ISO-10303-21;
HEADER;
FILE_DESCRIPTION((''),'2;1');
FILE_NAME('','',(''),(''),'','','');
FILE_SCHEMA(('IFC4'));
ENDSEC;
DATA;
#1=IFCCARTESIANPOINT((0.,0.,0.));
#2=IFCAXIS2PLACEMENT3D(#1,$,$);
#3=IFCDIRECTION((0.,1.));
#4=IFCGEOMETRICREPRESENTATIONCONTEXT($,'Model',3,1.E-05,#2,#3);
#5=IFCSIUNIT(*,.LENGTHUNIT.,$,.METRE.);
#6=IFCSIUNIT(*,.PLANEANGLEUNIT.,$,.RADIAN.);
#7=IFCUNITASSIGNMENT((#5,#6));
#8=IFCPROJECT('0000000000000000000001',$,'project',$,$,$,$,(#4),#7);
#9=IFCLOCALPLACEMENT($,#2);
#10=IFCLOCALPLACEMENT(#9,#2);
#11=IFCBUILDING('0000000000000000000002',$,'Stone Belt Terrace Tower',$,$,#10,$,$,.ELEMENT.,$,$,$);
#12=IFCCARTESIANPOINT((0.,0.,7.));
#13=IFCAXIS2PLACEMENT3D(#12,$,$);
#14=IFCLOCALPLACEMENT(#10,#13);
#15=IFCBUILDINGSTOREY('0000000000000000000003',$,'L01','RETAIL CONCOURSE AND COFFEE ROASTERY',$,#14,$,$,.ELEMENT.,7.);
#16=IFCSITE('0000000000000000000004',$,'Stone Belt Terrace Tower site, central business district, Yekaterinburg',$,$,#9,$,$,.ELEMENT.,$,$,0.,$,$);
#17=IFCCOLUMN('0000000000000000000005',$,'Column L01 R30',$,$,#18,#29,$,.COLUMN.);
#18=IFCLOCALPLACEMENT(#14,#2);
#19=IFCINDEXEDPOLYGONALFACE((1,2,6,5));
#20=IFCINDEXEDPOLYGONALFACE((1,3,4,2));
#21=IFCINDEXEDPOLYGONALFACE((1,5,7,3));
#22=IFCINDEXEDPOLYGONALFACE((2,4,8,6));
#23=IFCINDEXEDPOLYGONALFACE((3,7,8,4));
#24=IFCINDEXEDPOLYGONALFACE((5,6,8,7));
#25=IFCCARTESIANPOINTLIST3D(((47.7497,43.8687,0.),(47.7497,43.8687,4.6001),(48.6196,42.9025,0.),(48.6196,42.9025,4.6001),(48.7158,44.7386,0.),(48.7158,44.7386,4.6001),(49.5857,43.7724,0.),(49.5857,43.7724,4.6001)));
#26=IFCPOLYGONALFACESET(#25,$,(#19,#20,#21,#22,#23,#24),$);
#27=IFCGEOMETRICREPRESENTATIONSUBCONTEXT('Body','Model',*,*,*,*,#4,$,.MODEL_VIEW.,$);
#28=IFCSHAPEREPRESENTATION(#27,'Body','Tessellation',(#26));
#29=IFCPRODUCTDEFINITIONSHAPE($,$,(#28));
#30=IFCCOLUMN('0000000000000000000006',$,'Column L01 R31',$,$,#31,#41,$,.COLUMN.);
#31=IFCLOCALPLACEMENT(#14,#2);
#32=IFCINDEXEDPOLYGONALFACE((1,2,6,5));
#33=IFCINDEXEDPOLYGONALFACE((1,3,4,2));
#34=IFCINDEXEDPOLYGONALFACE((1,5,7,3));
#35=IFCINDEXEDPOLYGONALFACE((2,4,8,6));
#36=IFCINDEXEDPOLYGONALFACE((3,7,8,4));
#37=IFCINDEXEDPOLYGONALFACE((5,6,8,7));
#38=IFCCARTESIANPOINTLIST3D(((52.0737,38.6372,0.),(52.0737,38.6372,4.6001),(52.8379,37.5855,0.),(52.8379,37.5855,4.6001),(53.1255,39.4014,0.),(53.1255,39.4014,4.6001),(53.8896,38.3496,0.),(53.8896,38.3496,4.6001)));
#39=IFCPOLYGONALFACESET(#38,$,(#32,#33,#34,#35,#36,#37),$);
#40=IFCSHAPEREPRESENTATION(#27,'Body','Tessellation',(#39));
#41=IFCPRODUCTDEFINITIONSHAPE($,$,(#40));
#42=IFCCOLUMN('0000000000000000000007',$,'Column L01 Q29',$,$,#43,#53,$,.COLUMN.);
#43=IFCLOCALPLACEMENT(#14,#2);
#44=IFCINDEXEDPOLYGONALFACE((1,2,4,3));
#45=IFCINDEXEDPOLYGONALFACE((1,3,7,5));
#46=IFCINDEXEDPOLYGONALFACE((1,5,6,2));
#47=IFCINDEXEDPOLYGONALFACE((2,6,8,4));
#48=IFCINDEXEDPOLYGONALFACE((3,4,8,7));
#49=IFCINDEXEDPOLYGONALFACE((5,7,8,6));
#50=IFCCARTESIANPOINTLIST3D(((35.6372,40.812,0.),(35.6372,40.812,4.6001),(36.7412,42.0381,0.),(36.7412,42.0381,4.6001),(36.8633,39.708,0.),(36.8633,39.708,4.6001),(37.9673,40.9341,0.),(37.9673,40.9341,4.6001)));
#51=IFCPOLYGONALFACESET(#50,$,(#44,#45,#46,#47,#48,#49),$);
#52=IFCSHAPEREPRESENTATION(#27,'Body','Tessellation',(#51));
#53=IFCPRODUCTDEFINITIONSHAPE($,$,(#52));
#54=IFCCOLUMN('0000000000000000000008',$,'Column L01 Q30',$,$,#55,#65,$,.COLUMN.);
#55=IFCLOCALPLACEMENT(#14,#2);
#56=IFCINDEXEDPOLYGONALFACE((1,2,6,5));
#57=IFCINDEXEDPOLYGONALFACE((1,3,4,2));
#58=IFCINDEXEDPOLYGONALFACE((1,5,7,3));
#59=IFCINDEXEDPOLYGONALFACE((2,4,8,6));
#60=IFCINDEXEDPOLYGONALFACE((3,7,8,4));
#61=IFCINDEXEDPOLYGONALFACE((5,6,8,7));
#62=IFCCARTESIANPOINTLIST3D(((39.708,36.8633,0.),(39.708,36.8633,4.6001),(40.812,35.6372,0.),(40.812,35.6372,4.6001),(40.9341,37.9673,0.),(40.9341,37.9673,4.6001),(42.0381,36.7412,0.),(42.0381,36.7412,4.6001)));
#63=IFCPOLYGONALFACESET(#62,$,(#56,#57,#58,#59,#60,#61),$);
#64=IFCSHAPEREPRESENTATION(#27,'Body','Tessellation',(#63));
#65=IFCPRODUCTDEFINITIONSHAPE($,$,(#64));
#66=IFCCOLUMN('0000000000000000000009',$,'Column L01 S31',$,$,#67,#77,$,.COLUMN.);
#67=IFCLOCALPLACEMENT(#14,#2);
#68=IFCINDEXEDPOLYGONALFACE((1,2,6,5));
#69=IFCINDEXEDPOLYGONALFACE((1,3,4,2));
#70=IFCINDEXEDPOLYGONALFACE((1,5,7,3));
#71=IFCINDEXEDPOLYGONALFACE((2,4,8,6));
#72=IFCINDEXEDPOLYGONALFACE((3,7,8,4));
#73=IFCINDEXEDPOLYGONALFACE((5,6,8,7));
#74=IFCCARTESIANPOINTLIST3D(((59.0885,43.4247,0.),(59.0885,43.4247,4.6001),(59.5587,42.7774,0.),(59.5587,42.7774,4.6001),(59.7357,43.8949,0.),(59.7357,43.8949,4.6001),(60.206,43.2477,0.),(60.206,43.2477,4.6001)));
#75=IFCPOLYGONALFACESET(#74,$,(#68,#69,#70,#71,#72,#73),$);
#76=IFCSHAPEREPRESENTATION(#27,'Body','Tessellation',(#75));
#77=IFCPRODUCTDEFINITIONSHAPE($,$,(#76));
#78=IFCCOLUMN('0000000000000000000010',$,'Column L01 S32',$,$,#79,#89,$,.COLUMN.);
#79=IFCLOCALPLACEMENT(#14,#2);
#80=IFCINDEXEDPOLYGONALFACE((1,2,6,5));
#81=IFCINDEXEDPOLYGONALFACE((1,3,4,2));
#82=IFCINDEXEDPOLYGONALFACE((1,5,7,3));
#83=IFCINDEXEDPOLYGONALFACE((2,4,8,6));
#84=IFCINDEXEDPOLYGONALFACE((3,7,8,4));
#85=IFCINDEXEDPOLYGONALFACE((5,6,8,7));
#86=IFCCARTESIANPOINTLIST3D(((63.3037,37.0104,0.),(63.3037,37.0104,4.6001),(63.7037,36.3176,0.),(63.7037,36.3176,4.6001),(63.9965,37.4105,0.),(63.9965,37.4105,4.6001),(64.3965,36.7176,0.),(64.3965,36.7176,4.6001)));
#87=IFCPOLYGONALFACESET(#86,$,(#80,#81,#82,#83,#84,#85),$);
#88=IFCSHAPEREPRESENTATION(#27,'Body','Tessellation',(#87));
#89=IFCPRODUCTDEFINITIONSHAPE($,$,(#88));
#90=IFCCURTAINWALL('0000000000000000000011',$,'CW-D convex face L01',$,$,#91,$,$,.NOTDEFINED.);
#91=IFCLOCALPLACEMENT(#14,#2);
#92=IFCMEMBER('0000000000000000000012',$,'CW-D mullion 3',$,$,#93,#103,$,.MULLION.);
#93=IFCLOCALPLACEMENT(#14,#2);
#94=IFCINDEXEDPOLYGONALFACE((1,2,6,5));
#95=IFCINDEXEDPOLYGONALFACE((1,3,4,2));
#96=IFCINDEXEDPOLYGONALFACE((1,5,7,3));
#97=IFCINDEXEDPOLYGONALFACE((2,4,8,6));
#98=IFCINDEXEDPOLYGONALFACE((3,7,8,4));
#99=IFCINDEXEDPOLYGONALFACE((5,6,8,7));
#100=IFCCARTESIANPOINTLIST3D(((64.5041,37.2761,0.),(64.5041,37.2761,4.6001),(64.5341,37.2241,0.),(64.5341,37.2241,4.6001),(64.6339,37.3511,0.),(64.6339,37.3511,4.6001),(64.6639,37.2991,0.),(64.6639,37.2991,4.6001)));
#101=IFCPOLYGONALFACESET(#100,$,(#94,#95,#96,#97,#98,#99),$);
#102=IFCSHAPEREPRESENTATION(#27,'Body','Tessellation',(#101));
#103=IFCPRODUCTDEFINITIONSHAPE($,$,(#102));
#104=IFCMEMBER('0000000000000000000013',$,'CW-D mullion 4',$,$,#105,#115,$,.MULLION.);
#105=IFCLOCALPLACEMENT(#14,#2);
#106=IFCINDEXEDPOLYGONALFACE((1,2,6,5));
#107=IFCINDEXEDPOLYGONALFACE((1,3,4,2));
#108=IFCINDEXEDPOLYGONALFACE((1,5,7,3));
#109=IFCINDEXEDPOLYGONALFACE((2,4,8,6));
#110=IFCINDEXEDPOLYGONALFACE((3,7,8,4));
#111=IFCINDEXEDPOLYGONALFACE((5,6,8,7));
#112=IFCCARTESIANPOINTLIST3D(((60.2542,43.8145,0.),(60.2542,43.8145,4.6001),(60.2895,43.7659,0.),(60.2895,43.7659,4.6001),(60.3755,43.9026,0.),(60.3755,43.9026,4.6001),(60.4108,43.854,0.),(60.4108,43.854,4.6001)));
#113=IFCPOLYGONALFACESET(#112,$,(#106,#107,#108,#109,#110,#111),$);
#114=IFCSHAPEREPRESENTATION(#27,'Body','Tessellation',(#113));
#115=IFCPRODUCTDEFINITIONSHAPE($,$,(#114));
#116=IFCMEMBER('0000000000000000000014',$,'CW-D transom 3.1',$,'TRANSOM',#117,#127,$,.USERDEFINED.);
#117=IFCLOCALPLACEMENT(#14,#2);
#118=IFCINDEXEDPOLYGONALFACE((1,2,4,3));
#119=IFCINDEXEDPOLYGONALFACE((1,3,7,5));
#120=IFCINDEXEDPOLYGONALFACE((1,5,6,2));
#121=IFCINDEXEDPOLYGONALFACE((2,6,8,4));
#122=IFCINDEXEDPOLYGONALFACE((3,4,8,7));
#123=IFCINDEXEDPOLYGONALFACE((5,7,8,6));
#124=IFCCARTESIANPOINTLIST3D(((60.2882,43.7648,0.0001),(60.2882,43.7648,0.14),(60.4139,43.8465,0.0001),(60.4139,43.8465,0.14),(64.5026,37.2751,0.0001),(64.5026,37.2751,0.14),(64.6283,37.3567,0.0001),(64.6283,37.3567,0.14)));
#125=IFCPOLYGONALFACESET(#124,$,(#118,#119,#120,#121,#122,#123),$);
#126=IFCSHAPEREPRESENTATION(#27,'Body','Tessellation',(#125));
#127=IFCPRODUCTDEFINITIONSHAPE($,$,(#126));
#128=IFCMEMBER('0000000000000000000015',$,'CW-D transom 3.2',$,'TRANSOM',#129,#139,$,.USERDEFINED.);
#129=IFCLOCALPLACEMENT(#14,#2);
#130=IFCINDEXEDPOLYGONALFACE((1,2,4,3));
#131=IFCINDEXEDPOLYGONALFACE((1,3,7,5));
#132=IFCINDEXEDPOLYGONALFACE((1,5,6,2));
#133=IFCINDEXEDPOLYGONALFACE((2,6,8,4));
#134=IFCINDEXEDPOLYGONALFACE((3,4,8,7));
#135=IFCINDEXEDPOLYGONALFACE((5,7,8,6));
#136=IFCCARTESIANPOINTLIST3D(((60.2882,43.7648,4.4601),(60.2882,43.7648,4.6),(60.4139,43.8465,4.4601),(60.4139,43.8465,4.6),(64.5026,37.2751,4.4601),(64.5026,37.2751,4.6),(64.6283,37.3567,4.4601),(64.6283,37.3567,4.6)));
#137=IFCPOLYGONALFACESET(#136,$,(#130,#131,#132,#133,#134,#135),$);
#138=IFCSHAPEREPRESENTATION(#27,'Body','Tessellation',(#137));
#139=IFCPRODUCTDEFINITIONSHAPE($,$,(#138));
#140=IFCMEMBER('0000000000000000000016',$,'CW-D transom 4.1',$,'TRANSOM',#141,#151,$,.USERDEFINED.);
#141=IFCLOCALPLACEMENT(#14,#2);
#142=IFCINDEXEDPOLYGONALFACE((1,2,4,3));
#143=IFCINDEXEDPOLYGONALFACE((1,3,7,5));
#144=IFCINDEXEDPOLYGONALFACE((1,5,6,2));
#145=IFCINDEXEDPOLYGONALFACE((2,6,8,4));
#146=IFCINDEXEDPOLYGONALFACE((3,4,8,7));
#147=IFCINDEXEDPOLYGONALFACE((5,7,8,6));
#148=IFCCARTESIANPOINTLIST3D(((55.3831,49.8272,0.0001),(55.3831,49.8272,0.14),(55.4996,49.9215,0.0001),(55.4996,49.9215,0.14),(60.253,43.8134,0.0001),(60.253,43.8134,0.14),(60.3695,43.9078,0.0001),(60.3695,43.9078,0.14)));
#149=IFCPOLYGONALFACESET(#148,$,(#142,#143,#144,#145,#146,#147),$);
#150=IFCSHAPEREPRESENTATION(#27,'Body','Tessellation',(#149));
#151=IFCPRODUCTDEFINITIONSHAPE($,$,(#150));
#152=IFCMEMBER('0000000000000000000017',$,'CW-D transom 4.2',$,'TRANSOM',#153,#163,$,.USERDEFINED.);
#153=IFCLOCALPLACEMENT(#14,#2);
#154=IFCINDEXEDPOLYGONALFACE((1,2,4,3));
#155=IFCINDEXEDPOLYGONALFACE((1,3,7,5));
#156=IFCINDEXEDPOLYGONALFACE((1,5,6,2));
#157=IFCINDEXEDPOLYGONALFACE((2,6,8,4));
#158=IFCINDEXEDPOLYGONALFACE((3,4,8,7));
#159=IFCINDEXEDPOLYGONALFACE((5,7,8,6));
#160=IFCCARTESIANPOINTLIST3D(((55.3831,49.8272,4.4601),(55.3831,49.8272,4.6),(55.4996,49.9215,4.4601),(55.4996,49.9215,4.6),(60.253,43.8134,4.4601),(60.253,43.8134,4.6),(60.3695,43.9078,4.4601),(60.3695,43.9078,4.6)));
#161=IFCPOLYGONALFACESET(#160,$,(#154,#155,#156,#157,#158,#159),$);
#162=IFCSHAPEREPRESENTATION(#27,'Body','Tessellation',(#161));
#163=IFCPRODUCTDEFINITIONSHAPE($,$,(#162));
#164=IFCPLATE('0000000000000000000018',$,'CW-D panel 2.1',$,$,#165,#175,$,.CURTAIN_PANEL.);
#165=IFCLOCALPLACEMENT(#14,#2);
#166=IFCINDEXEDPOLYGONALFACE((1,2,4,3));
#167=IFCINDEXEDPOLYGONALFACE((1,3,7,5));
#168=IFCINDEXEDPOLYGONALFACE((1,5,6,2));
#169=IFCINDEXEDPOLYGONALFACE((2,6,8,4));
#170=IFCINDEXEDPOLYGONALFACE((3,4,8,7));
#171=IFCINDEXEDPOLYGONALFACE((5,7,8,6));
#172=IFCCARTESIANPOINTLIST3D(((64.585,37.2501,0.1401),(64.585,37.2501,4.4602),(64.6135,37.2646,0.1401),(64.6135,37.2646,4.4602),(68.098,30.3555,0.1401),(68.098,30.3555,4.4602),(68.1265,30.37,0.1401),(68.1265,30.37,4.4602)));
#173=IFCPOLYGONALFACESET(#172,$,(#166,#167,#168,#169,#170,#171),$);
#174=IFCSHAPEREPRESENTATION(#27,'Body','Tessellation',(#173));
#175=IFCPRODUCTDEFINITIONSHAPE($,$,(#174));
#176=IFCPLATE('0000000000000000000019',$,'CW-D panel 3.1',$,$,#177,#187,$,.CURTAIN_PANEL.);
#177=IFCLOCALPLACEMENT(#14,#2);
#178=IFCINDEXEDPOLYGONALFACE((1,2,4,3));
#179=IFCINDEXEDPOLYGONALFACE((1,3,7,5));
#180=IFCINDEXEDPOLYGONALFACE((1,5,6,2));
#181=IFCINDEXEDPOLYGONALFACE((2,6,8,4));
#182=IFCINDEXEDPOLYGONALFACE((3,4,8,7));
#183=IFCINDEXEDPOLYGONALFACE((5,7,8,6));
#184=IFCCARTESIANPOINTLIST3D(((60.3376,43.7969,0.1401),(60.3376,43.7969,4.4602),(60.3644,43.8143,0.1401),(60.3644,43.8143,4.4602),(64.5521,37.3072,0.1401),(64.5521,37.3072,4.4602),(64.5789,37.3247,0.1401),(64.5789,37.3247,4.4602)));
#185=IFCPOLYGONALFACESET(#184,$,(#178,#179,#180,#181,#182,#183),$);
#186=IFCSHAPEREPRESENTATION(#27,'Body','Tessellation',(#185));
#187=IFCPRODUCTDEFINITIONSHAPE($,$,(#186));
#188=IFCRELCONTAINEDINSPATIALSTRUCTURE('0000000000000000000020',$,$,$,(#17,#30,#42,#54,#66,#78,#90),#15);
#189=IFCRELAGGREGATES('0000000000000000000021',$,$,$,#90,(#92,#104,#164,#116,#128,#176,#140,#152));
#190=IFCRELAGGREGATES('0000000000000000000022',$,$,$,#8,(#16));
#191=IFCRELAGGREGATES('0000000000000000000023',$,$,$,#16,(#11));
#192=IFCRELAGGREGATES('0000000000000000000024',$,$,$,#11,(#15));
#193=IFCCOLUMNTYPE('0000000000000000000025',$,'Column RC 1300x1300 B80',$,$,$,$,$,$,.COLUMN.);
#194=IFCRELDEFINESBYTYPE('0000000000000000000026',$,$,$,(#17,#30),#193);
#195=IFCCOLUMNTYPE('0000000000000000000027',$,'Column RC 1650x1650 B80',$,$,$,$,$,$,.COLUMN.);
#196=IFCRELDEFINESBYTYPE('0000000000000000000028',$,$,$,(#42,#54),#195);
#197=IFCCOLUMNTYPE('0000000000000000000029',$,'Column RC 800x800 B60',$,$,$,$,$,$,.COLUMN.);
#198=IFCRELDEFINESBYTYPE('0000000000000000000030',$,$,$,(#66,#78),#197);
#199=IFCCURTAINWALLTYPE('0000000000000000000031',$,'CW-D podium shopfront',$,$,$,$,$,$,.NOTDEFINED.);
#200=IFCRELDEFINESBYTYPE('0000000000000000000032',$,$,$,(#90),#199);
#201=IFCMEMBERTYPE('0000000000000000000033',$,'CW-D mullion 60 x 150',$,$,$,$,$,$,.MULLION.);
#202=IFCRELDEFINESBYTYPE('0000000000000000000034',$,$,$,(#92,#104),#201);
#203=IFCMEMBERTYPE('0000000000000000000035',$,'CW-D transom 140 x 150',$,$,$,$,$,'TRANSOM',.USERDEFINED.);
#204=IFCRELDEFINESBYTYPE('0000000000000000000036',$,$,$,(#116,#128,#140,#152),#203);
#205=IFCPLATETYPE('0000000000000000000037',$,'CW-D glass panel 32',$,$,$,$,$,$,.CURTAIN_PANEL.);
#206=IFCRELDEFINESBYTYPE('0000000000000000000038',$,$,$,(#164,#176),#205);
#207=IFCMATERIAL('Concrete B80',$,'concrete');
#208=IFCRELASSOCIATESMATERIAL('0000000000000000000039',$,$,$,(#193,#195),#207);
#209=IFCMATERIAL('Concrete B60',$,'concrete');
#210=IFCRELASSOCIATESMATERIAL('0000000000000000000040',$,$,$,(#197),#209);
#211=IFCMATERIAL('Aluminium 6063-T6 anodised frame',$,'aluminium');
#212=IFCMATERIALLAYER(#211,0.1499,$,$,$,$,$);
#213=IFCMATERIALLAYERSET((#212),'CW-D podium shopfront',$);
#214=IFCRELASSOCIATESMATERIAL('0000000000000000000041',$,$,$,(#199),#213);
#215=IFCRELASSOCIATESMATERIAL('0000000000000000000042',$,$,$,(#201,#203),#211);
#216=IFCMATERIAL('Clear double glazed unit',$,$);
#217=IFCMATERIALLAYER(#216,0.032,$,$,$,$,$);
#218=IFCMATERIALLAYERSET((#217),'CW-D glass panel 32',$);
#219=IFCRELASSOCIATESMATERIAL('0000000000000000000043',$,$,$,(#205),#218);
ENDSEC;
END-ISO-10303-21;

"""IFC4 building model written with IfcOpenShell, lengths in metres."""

from ifc_helpers import new_model, si_unit, direction, frame, origin, origin_2d, place, context, subcontext, project, spatial, rectangle, extrude, material, layer, layer_set, material_profile, profile_set, type_object, element, aggregate, save


model = new_model("IFC4")

# Units and contexts
model_context = context("Model", 3, precision=1e-05, world=origin(), true_north=direction((0.0, 1.0)))
body_context = subcontext(model_context, "Body", "Model", "MODEL_VIEW")
ifc_project = project(units=[si_unit("LENGTHUNIT", "METRE"), si_unit("PLANEANGLEUNIT", "RADIAN")], contexts=[model_context])

# Site, building, storey
site_placement = place(None, origin())
site = spatial("IfcSite", under=ifc_project, at=site_placement, Name="Stone Belt Terrace Tower site, central business district, Yekaterinburg", CompositionType="ELEMENT", RefElevation=0.0)
building_placement = place(site_placement, origin())
building = spatial("IfcBuilding", under=site, at=building_placement, Name="Stone Belt Terrace Tower", CompositionType="ELEMENT")
storey_placement = place(building_placement, frame((0.0, 0.0, 7.0)))
storey = spatial("IfcBuildingStorey", under=building, at=storey_placement, Name="L01", Description="RETAIL CONCOURSE AND COFFEE ROASTERY", CompositionType="ELEMENT", Elevation=7.0)

# Columns
ifc_material_1 = material(Name="Concrete B80", Category="concrete")
ifc_material_profile_1 = material_profile(ifc_material_1, rectangle(XDim=1.3, YDim=1.3, at=origin_2d()), Name="RC 1300x1300")
ifc_profile_set_1 = profile_set([ifc_material_profile_1], Name="Concrete B80")
column_type_1 = type_object("IfcColumnType", Name="Column RC 1300x1300 B80", PredefinedType="COLUMN", material=ifc_profile_set_1)
for number, where, z_axis, x_axis, name in (
    (1, (48.6677, 43.8206, 0.0), (0.0, 0.0, 1.0), (0.669131, -0.743145, 0.0), "Column L01 R30"),
    (2, (52.9817, 38.4934, 0.0), (0.0, 0.0, 1.0), (0.587785, -0.809017, 0.0), "Column L01 R31"),
):
    element("IfcColumn", number, at=place(storey_placement, frame(where, z_axis=z_axis, x_axis=x_axis)), inside=storey, type_object=column_type_1, Name=name, PredefinedType="COLUMN", context=body_context, shape_type="SweptSolid", body=[
        extrude(rectangle(XDim=1.3, YDim=1.3, at=origin_2d()), origin(), (0.0, 0.0, 1.0), 4.6001),
    ])
ifc_material_profile_2 = material_profile(ifc_material_1, rectangle(XDim=1.6499, YDim=1.6499, at=origin_2d()), Name="RC 1650x1650")
ifc_profile_set_2 = profile_set([ifc_material_profile_2], Name="Concrete B80")
column_type_2 = type_object("IfcColumnType", Name="Column RC 1650x1650 B80", PredefinedType="COLUMN", material=ifc_profile_set_2)
for number, where, z_axis, x_axis, name in (
    (3, (36.8022, 40.873, 0.0), (0.0, 0.0, 1.0), (0.743145, -0.669131, 0.0), "Column L01 Q29"),
    (4, (40.873, 36.8022, 0.0), (0.0, 0.0, 1.0), (0.669131, -0.743145, 0.0), "Column L01 Q30"),
):
    element("IfcColumn", number, at=place(storey_placement, frame(where, z_axis=z_axis, x_axis=x_axis)), inside=storey, type_object=column_type_2, Name=name, PredefinedType="COLUMN", context=body_context, shape_type="SweptSolid", body=[
        extrude(rectangle(XDim=1.6499, YDim=1.6499, at=origin_2d()), origin(), (0.0, 0.0, 1.0), 4.6001),
    ])
ifc_material_2 = material(Name="Concrete B60", Category="concrete")
ifc_material_profile_3 = material_profile(ifc_material_2, rectangle(XDim=0.8, YDim=0.8, at=origin_2d()), Name="RC 800x800")
ifc_profile_set_3 = profile_set([ifc_material_profile_3], Name="Concrete B60")
column_type_3 = type_object("IfcColumnType", Name="Column RC 800x800 B60", PredefinedType="COLUMN", material=ifc_profile_set_3)
for number, where, z_axis, x_axis, name in (
    (5, (59.6472, 43.3362, 0.0), (0.0, 0.0, 1.0), (0.587785, -0.809017, 0.0), "Column L01 S31"),
    (6, (63.8501, 36.864, 0.0), (0.0, 0.0, 1.0), (0.5, -0.866025, 0.0), "Column L01 S32"),
):
    element("IfcColumn", number, at=place(storey_placement, frame(where, z_axis=z_axis, x_axis=x_axis)), inside=storey, type_object=column_type_3, Name=name, PredefinedType="COLUMN", context=body_context, shape_type="SweptSolid", body=[
        extrude(rectangle(XDim=0.8, YDim=0.8, at=origin_2d()), origin(), (0.0, 0.0, 1.0), 4.6001),
    ])

# Curtain wall, members, plates
ifc_material_3 = material(Name="Aluminium 6063-T6 anodised frame", Category="aluminium")
ifc_layer_1 = layer(ifc_material_3, 0.1499)
ifc_layer_set_1 = layer_set([ifc_layer_1], Name="CW-D podium shopfront")
curtain_wall_type = type_object("IfcCurtainWallType", Name="CW-D podium shopfront", PredefinedType="NOTDEFINED", material=ifc_layer_set_1)
curtain_wall_placement = place(storey_placement, origin())
curtain_wall = element("IfcCurtainWall", 7, at=curtain_wall_placement, inside=storey, type_object=curtain_wall_type, Name="CW-D convex face L01", PredefinedType="NOTDEFINED")
ifc_material_profile_4 = material_profile(ifc_material_3, rectangle(XDim=0.1499, YDim=0.0601, at=origin_2d()), Name="Aluminium 6063-T6 60x150")
ifc_profile_set_4 = profile_set([ifc_material_profile_4], Name="Aluminium 6063-T6 anodised frame")
member_type_1 = type_object("IfcMemberType", Name="CW-D mullion 60 x 150", PredefinedType="MULLION", material=ifc_profile_set_4)
member_1_placement = place(storey_placement, frame((64.584, 37.2876, 0.0), z_axis=(0.0, 0.0, 1.0), x_axis=(-0.866025, -0.5, 0.0)))
member_1 = element("IfcMember", 8, at=member_1_placement, type_object=member_type_1, Name="CW-D mullion 3", PredefinedType="MULLION", context=body_context, shape_type="SweptSolid", body=[
    extrude(rectangle(XDim=0.1499, YDim=0.0601, at=origin_2d()), origin(), (0.0, 0.0, 1.0), 4.6001),
])
member_2_placement = place(storey_placement, frame((60.3325, 43.8342, 0.0), z_axis=(0.0, 0.0, 1.0), x_axis=(-0.809017, -0.587785, 0.0)))
member_2 = element("IfcMember", 9, at=member_2_placement, type_object=member_type_1, Name="CW-D mullion 4", PredefinedType="MULLION", context=body_context, shape_type="SweptSolid", body=[
    extrude(rectangle(XDim=0.1499, YDim=0.0601, at=origin_2d()), origin(), (0.0, 0.0, 1.0), 4.6001),
])
ifc_material_profile_5 = material_profile(ifc_material_3, rectangle(XDim=0.1499, YDim=0.1399, at=origin_2d()), Name="Aluminium 6063-T6 150x140")
ifc_profile_set_5 = profile_set([ifc_material_profile_5], Name="Aluminium 6063-T6 anodised frame")
member_type_2 = type_object("IfcMemberType", Name="CW-D transom 140 x 150", ElementType="TRANSOM", PredefinedType="USERDEFINED", material=ifc_profile_set_5)
member_3_placement = place(storey_placement, frame((64.5654, 37.3159, 0.0701), z_axis=(-0.544627, 0.838679, 0.0), x_axis=(-0.838679, -0.544627, 0.0)))
member_3 = element("IfcMember", 10, at=member_3_placement, type_object=member_type_2, Name="CW-D transom 3.1", ObjectType="TRANSOM", PredefinedType="USERDEFINED", context=body_context, shape_type="SweptSolid", body=[
    extrude(rectangle(XDim=0.1499, YDim=0.1399, at=origin_2d()), origin(), (0.0, 0.0, 1.0), 7.738),
])
member_4_placement = place(storey_placement, frame((64.5654, 37.3159, 4.53), z_axis=(-0.544627, 0.838679, 0.0), x_axis=(-0.838679, -0.544627, 0.0)))
member_4 = element("IfcMember", 11, at=member_4_placement, type_object=member_type_2, Name="CW-D transom 3.2", ObjectType="TRANSOM", PredefinedType="USERDEFINED", context=body_context, shape_type="SweptSolid", body=[
    extrude(rectangle(XDim=0.1499, YDim=0.1399, at=origin_2d()), origin(), (0.0, 0.0, 1.0), 7.738),
])
member_5_placement = place(storey_placement, frame((60.3113, 43.8606, 0.0701), z_axis=(-0.629328, 0.77714, 0.0), x_axis=(-0.77714, -0.629328, 0.0)))
member_5 = element("IfcMember", 12, at=member_5_placement, type_object=member_type_2, Name="CW-D transom 4.1", ObjectType="TRANSOM", PredefinedType="USERDEFINED", context=body_context, shape_type="SweptSolid", body=[
    extrude(rectangle(XDim=0.1499, YDim=0.1399, at=origin_2d()), origin(), (0.0, 0.0, 1.0), 7.7383),
])
member_6_placement = place(storey_placement, frame((60.3113, 43.8606, 4.53), z_axis=(-0.629328, 0.77714, 0.0), x_axis=(-0.77714, -0.629328, 0.0)))
member_6 = element("IfcMember", 13, at=member_6_placement, type_object=member_type_2, Name="CW-D transom 4.2", ObjectType="TRANSOM", PredefinedType="USERDEFINED", context=body_context, shape_type="SweptSolid", body=[
    extrude(rectangle(XDim=0.1499, YDim=0.1399, at=origin_2d()), origin(), (0.0, 0.0, 1.0), 7.7383),
])
ifc_material_4 = material(Name="Clear double glazed unit")
ifc_layer_2 = layer(ifc_material_4, 0.032)
ifc_layer_set_2 = layer_set([ifc_layer_2], Name="CW-D glass panel 32")
plate_type = type_object("IfcPlateType", Name="CW-D glass panel 32", PredefinedType="CURTAIN_PANEL", material=ifc_layer_set_2)
plate_1_placement = place(storey_placement, frame((66.3557, 33.8101, 0.1401), z_axis=(0.0, 0.0, 1.0), x_axis=(-0.45399, 0.891007, 0.0)))
plate_1 = element("IfcPlate", 14, at=plate_1_placement, type_object=plate_type, Name="CW-D panel 2.1", PredefinedType="CURTAIN_PANEL", context=body_context, shape_type="SweptSolid", body=[
    extrude(rectangle(XDim=7.738, YDim=0.032, at=origin_2d()), origin(), (0.0, 0.0, 1.0), 4.3201),
])
plate_2_placement = place(storey_placement, frame((62.4583, 40.5608, 0.1401), z_axis=(0.0, 0.0, 1.0), x_axis=(-0.544639, 0.838671, 0.0)))
plate_2 = element("IfcPlate", 15, at=plate_2_placement, type_object=plate_type, Name="CW-D panel 3.1", PredefinedType="CURTAIN_PANEL", context=body_context, shape_type="SweptSolid", body=[
    extrude(rectangle(XDim=7.738, YDim=0.032, at=origin_2d()), origin(), (0.0, 0.0, 1.0), 4.3201),
])
aggregate(curtain_wall, [member_1, member_2, plate_1, member_3, member_4, plate_2, member_5, member_6])

save(model, "model.ifc")
